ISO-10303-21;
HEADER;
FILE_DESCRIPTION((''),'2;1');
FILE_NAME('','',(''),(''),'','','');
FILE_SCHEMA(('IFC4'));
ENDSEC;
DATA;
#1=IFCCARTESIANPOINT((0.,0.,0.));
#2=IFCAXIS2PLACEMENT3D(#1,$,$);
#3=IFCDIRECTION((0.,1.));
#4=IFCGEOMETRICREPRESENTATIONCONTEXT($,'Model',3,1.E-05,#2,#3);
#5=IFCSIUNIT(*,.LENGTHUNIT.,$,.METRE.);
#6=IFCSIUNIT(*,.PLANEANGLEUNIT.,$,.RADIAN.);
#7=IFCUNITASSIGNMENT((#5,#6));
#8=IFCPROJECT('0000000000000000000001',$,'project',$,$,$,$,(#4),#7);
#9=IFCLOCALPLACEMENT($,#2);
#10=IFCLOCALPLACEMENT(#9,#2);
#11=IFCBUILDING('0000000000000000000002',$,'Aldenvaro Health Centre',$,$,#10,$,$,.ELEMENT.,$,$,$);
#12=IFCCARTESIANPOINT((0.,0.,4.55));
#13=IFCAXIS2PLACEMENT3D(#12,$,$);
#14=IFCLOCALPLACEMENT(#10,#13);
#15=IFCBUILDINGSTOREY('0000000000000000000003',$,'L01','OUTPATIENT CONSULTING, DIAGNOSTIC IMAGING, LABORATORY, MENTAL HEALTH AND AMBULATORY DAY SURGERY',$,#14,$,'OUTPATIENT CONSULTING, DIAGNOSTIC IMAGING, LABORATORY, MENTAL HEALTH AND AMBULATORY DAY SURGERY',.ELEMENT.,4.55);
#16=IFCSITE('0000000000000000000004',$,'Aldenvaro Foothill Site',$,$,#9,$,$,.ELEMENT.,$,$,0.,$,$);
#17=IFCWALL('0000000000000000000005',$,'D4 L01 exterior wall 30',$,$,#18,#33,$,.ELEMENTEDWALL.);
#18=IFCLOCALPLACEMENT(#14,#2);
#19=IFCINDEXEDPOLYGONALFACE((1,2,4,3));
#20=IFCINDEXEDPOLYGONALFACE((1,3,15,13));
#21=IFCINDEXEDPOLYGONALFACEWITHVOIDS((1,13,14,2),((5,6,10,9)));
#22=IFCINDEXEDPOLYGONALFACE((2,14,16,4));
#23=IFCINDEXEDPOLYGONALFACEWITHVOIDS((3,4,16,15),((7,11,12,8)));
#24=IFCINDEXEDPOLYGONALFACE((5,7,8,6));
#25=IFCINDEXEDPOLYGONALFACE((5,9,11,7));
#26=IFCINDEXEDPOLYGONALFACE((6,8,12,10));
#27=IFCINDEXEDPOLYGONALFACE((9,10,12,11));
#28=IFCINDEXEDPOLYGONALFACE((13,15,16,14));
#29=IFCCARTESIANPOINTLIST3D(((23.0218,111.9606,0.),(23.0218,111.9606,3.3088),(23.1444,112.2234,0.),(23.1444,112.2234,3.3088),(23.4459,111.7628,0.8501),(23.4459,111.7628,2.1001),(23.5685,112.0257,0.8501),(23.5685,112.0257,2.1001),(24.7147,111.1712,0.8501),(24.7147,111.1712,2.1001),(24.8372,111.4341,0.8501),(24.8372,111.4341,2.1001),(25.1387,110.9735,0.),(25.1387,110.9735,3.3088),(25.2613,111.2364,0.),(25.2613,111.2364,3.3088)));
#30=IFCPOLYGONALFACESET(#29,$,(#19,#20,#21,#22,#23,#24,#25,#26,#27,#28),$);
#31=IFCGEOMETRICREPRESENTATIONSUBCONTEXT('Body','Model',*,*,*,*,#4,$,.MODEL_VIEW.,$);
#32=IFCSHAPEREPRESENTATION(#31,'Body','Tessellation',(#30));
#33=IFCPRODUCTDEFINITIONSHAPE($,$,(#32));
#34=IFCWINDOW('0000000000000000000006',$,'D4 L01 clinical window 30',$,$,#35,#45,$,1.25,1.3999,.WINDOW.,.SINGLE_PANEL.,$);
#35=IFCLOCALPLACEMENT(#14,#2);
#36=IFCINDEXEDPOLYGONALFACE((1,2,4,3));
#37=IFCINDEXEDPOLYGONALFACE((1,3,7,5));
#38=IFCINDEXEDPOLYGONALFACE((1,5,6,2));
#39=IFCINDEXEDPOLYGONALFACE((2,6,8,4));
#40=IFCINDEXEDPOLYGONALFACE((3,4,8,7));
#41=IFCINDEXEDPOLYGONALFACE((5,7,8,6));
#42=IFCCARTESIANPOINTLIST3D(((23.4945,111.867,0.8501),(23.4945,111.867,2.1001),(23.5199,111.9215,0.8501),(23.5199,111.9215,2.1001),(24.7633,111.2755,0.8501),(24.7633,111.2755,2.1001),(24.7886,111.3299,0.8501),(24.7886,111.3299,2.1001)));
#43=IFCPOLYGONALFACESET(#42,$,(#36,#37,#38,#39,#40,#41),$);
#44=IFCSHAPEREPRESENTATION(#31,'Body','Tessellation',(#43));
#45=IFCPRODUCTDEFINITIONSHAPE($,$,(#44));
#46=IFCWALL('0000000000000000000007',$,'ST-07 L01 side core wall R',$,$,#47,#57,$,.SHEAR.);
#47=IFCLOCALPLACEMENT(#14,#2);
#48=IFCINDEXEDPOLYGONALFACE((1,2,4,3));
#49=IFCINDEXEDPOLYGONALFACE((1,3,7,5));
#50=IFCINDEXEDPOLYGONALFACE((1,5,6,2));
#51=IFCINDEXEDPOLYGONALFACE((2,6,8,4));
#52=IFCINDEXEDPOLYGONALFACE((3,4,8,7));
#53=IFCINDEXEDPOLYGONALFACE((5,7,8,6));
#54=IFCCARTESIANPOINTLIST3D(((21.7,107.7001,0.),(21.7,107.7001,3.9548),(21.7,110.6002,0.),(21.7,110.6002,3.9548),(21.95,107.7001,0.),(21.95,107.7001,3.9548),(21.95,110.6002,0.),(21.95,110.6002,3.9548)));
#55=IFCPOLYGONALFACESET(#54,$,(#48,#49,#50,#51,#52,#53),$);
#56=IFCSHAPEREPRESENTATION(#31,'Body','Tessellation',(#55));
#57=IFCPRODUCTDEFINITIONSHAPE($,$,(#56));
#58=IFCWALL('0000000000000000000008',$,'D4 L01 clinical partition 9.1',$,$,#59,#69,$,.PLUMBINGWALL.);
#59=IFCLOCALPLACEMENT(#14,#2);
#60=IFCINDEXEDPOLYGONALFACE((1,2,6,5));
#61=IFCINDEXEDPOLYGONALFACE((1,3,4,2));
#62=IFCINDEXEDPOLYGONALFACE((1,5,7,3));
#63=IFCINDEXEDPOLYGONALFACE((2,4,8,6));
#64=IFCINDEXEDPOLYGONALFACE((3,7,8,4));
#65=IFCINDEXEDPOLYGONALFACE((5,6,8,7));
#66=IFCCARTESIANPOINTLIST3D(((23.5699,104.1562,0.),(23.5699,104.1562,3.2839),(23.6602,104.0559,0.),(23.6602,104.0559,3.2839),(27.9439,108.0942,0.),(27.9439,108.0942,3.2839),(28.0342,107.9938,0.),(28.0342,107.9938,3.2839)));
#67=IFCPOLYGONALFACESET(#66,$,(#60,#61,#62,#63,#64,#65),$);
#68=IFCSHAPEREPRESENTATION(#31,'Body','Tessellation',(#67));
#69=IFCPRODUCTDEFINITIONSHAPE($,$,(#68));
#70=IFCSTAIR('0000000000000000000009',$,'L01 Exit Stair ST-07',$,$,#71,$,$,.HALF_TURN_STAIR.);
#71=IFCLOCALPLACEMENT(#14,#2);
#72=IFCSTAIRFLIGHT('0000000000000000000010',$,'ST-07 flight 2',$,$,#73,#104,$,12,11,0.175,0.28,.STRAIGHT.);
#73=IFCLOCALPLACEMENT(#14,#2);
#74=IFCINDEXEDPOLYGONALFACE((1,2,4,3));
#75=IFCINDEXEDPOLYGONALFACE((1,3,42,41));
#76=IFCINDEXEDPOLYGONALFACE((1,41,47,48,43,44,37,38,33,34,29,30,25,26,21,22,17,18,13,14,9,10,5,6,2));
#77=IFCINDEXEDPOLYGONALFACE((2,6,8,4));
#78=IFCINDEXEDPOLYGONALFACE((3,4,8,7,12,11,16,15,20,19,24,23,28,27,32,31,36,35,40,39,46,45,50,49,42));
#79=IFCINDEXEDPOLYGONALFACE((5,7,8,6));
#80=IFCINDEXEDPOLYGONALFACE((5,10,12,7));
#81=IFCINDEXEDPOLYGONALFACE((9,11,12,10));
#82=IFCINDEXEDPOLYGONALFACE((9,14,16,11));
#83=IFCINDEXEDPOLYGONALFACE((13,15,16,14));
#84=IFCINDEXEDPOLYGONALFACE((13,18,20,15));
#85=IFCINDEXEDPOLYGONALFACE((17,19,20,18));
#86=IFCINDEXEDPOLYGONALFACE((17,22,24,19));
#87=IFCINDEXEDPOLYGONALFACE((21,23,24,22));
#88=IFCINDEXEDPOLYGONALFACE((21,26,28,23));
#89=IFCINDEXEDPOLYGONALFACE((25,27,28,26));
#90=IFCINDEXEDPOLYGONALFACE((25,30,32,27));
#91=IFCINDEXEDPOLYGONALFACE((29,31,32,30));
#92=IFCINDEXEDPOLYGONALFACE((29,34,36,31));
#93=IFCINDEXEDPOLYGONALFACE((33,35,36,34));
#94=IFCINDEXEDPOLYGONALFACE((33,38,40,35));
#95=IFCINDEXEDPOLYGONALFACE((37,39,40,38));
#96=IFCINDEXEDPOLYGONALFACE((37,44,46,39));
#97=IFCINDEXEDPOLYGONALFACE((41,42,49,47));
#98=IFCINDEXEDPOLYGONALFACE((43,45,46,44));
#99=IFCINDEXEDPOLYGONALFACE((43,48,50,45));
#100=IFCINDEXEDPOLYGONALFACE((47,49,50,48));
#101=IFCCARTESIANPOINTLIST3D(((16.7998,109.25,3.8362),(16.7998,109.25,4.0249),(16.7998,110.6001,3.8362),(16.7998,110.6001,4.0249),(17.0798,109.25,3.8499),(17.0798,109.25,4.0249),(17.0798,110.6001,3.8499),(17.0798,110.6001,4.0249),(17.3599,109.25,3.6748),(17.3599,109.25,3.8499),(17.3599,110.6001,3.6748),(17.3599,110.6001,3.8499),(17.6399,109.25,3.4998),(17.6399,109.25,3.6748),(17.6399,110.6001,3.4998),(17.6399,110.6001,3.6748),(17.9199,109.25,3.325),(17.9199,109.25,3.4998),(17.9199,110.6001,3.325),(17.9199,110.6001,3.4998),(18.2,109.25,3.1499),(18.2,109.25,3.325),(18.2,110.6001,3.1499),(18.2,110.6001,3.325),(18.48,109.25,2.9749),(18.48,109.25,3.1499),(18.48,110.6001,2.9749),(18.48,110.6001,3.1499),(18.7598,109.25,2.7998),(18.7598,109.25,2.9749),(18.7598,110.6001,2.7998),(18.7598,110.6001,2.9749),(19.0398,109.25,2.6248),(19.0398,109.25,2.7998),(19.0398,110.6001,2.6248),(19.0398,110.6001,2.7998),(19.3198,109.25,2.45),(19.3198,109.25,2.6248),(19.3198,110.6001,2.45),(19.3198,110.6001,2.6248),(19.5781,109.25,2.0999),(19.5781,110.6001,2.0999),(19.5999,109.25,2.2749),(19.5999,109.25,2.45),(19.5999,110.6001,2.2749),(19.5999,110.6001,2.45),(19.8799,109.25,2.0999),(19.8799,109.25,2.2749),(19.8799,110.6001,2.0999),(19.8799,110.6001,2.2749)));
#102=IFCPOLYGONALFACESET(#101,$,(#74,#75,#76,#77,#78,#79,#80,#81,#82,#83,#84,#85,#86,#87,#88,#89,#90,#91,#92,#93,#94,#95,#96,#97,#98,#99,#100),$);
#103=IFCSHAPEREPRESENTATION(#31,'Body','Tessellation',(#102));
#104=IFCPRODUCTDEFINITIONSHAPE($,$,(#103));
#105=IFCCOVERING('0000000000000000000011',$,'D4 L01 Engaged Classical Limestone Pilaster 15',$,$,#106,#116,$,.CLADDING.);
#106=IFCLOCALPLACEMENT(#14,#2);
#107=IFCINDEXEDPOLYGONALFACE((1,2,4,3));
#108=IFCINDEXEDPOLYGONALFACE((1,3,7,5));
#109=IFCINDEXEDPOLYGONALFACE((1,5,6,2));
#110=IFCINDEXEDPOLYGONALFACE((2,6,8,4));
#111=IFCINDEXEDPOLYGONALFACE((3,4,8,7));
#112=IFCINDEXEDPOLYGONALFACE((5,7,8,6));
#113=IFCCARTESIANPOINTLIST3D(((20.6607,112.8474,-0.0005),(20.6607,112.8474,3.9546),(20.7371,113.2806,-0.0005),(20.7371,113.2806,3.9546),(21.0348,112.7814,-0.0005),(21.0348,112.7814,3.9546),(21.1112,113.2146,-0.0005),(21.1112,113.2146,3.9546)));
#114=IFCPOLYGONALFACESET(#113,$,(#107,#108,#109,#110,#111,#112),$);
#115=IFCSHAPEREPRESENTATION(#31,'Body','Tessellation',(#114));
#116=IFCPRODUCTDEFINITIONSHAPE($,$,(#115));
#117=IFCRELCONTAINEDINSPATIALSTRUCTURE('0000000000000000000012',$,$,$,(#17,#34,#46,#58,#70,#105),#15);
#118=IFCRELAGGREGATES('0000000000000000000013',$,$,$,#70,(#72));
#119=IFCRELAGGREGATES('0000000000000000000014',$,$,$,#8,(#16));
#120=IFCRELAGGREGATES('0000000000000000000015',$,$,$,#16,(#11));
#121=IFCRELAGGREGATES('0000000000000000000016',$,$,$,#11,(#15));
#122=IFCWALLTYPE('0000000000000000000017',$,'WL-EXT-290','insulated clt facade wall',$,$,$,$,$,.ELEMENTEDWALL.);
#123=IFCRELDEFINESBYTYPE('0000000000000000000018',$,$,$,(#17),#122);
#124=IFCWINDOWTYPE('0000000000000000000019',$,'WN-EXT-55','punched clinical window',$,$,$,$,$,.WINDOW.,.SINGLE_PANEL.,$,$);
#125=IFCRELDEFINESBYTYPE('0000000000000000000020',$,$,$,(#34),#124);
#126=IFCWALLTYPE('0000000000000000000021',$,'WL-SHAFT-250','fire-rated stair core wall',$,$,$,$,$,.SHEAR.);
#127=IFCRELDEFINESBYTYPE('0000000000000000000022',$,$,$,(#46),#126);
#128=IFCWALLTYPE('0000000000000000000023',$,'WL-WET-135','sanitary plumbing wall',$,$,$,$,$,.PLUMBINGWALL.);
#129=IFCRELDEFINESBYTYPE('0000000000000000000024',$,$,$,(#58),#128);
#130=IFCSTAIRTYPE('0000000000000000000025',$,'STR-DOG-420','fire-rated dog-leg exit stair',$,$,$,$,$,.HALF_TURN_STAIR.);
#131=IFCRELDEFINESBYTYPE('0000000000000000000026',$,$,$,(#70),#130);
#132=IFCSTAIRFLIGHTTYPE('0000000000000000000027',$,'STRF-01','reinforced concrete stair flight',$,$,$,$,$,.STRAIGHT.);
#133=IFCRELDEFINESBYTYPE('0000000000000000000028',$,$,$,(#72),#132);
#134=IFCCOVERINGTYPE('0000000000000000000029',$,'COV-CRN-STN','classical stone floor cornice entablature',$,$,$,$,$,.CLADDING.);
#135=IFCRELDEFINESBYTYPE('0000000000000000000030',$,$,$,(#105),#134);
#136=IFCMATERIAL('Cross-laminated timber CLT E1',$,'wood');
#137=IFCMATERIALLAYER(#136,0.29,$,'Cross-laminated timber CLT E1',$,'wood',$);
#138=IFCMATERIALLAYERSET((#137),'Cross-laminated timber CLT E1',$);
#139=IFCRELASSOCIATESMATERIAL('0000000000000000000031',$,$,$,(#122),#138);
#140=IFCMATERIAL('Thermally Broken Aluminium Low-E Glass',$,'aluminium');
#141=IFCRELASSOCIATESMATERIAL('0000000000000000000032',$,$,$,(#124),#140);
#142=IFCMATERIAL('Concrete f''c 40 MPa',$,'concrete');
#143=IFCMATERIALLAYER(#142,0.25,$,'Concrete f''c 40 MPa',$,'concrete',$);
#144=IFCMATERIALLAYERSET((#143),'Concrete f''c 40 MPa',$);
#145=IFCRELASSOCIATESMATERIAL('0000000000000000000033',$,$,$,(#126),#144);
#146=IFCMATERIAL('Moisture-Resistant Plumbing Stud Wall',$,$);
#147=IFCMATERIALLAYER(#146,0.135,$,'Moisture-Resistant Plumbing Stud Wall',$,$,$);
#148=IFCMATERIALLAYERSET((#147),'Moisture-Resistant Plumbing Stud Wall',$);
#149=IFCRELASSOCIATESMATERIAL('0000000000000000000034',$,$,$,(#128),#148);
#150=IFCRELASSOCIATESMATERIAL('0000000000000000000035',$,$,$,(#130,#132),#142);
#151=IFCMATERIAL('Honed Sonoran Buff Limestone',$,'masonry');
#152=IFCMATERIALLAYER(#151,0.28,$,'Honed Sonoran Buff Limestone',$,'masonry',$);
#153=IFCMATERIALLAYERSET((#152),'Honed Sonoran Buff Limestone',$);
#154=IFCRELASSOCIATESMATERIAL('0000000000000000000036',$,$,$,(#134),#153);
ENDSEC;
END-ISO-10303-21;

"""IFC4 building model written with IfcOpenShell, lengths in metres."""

from ifc_helpers import new_model, si_unit, direction, frame, frame_2d, origin, origin_2d, place, context, subcontext, project, spatial, polyline, rectangle, outline, extrude, material, layer, layer_set, type_object, element, fill, aggregate, save


model = new_model("IFC4")

# Units and contexts
model_context = context("Model", 3, precision=1e-05, world=origin(), true_north=direction((0.0, 1.0)))
body_context = subcontext(model_context, "Body", "Model", "MODEL_VIEW")
ifc_project = project(units=[si_unit("LENGTHUNIT", "METRE"), si_unit("PLANEANGLEUNIT", "RADIAN")], contexts=[model_context])

# Site, building, storey
site_placement = place(None, origin())
site = spatial("IfcSite", under=ifc_project, at=site_placement, Name="Aldenvaro Foothill Site", CompositionType="ELEMENT", RefElevation=0.0)
building_placement = place(site_placement, origin())
building = spatial("IfcBuilding", under=site, at=building_placement, Name="Aldenvaro Health Centre", CompositionType="ELEMENT")
storey_placement = place(building_placement, frame((0.0, 0.0, 4.55)))
storey = spatial("IfcBuildingStorey", under=building, at=storey_placement, Name="L01", Description="OUTPATIENT CONSULTING, DIAGNOSTIC IMAGING, LABORATORY, MENTAL HEALTH AND AMBULATORY DAY SURGERY", LongName="OUTPATIENT CONSULTING, DIAGNOSTIC IMAGING, LABORATORY, MENTAL HEALTH AND AMBULATORY DAY SURGERY", CompositionType="ELEMENT", Elevation=4.55)

# Shared definitions
ifc_material_1 = material(Name="Concrete f'c 40 MPa", Category="concrete")

# Shared definitions
ifc_material_2 = material(Name="Cross-laminated timber CLT E1", Category="wood")
ifc_layer_1 = layer(ifc_material_2, 0.29, Name="Cross-laminated timber CLT E1", Category="wood")
ifc_layer_set_1 = layer_set([ifc_layer_1], Name="Cross-laminated timber CLT E1")
wall_type_1 = type_object("IfcWallType", Name="WL-EXT-290", Description="insulated clt facade wall", PredefinedType="ELEMENTEDWALL", material=ifc_layer_set_1)

# Wall, opening, window
ifc_material_3 = material(Name="Thermally Broken Aluminium Low-E Glass", Category="aluminium")
wall_1_placement = place(storey_placement, frame((23.083, 112.092, 0.0), z_axis=(0.0, 0.0, 1.0), x_axis=(0.906322, -0.422588, 0.0)))
wall_1 = element("IfcWall", 1, at=wall_1_placement, inside=storey, type_object=wall_type_1, Name="D4 L01 exterior wall 30", PredefinedType="ELEMENTEDWALL", context=body_context, shape_type="SweptSolid", body=[
    extrude(rectangle(XDim=2.3357, YDim=0.29, at=frame_2d((1.168, 0.0))), origin(), (0.0, 0.0, 1.0), 3.3088),
])
opening_1_placement = place(wall_1_placement, frame((0.468, 0.0, 0.8501)))
opening_1 = element("IfcOpeningElement", 2, at=opening_1_placement, cuts=wall_1, PredefinedType="OPENING", context=body_context, shape_type="SweptSolid", body=[
    extrude(rectangle(XDim=1.3999, YDim=1.25, at=frame_2d((0.7, 0.625))), frame((0.0, 0.155, 0.0), z_axis=(0.0, -1.0, 0.0), x_axis=(1.0, 0.0, 0.0)), (0.0, 0.0, 1.0), 0.3101),
])
window_type_1 = type_object("IfcWindowType", Name="WN-EXT-55", Description="punched clinical window", PartitioningType="SINGLE_PANEL", PredefinedType="WINDOW", material=ifc_material_3)
window_1_placement = place(opening_1_placement, origin())
window_1 = element("IfcWindow", 3, at=window_1_placement, inside=storey, type_object=window_type_1, Name="D4 L01 clinical window 30", OverallHeight=1.25, OverallWidth=1.3999, PartitioningType="SINGLE_PANEL", PredefinedType="WINDOW", context=body_context, shape_type="SweptSolid", body=[
    extrude(rectangle(XDim=1.3999, YDim=1.25, at=frame_2d((0.7, 0.625))), frame((0.0, 0.03, 0.0), z_axis=(0.0, -1.0, 0.0), x_axis=(1.0, 0.0, 0.0)), (0.0, 0.0, 1.0), 0.0601),
])
fill(opening_1, window_1)

# Walls
ifc_layer_2 = layer(ifc_material_1, 0.25, Name="Concrete f'c 40 MPa", Category="concrete")
ifc_layer_set_2 = layer_set([ifc_layer_2], Name="Concrete f'c 40 MPa")
wall_type_2 = type_object("IfcWallType", Name="WL-SHAFT-250", Description="fire-rated stair core wall", PredefinedType="SHEAR", material=ifc_layer_set_2)
wall_2_placement = place(storey_placement, frame((21.825, 107.7, 0.0), z_axis=(0.0, 0.0, 1.0), x_axis=(0.0, 1.0, 0.0)))
element("IfcWall", 4, at=wall_2_placement, inside=storey, type_object=wall_type_2, Name="ST-07 L01 side core wall R", PredefinedType="SHEAR", context=body_context, shape_type="SweptSolid", body=[
    extrude(rectangle(XDim=2.9001, YDim=0.25, at=frame_2d((1.4502, 0.0))), origin(), (0.0, 0.0, 1.0), 3.9548),
])
ifc_material_4 = material(Name="Moisture-Resistant Plumbing Stud Wall")
ifc_layer_3 = layer(ifc_material_4, 0.135, Name="Moisture-Resistant Plumbing Stud Wall")
ifc_layer_set_3 = layer_set([ifc_layer_3], Name="Moisture-Resistant Plumbing Stud Wall")
wall_type_3 = type_object("IfcWallType", Name="WL-WET-135", Description="sanitary plumbing wall", PredefinedType="PLUMBINGWALL", material=ifc_layer_set_3)
wall_3_placement = place(storey_placement, frame((23.615, 104.106, 0.0), z_axis=(0.0, 0.0, 1.0), x_axis=(0.743179, 0.669093, 0.0)))
element("IfcWall", 5, at=wall_3_placement, inside=storey, type_object=wall_type_3, Name="D4 L01 clinical partition 9.1", PredefinedType="PLUMBINGWALL", context=body_context, shape_type="SweptSolid", body=[
    extrude(rectangle(XDim=5.8855, YDim=0.135, at=frame_2d((2.9429, 0.0))), origin(), (0.0, 0.0, 1.0), 3.2839),
])

# Stair, stair flight
stair_type = type_object("IfcStairType", Name="STR-DOG-420", Description="fire-rated dog-leg exit stair", PredefinedType="HALF_TURN_STAIR", material=ifc_material_1)
stair_placement = place(storey_placement, origin())
stair = element("IfcStair", 6, at=stair_placement, inside=storey, type_object=stair_type, Name="L01 Exit Stair ST-07", PredefinedType="HALF_TURN_STAIR")
stair_flight_type = type_object("IfcStairFlightType", Name="STRF-01", Description="reinforced concrete stair flight", PredefinedType="STRAIGHT", material=ifc_material_1)
stair_flight_placement = place(storey_placement, frame((19.8799, 109.925, 2.0999), z_axis=(0.0, 0.0, 1.0), x_axis=(-1.0, 0.0, 0.0)))
stair_flight = element("IfcStairFlight", 7, at=stair_flight_placement, type_object=stair_flight_type, Name="ST-07 flight 2", NumberOfRisers=12, NumberOfTreads=11, PredefinedType="STRAIGHT", RiserHeight=0.175, TreadLength=0.28, context=body_context, shape_type="SweptSolid", body=[
    extrude(outline(polyline([(0.0, 0.0), (0.0, 0.175), (0.28, 0.175), (0.28, 0.3501), (0.5601, 0.3501), (0.5601, 0.5249), (0.8401, 0.5249), (0.8401, 0.7), (1.1201, 0.7), (1.1201, 0.875), (1.3999, 0.875), (1.3999, 1.05), (1.6799, 1.05), (1.6799, 1.2251), (1.96, 1.2251), (1.96, 1.3999), (2.24, 1.3999), (2.24, 1.575), (2.52, 1.575), (2.52, 1.75), (2.8, 1.75), (2.8, 1.925), (3.0801, 1.925), (3.0801, 2.1001), (3.0801, 1.7363), (0.3018, 0.0), (0.0, 0.0)])), frame((0.0, 0.675, 0.0), z_axis=(0.0, -1.0, 0.0), x_axis=(1.0, 0.0, 0.0)), (0.0, 0.0, 1.0), 1.3501),
])
aggregate(stair, [stair_flight])

# Covering
ifc_material_5 = material(Name="Honed Sonoran Buff Limestone", Category="masonry")
ifc_layer_4 = layer(ifc_material_5, 0.28, Name="Honed Sonoran Buff Limestone", Category="masonry")
ifc_layer_set_4 = layer_set([ifc_layer_4], Name="Honed Sonoran Buff Limestone")
covering_type = type_object("IfcCoveringType", Name="COV-CRN-STN", Description="classical stone floor cornice entablature", PredefinedType="CLADDING", material=ifc_layer_set_4)
covering_placement = place(storey_placement, frame((20.886, 113.031, -0.0005), z_axis=(0.0, 0.0, 1.0), x_axis=(0.173662, 0.984805, 0.0)))
element("IfcCovering", 8, at=covering_placement, inside=storey, type_object=covering_type, Name="D4 L01 Engaged Classical Limestone Pilaster 15", PredefinedType="CLADDING", context=body_context, shape_type="SweptSolid", body=[
    extrude(rectangle(XDim=0.4399, YDim=0.3799, at=origin_2d()), origin(), (0.0, 0.0, 1.0), 3.9551),
])

save(model, "model.ifc")
